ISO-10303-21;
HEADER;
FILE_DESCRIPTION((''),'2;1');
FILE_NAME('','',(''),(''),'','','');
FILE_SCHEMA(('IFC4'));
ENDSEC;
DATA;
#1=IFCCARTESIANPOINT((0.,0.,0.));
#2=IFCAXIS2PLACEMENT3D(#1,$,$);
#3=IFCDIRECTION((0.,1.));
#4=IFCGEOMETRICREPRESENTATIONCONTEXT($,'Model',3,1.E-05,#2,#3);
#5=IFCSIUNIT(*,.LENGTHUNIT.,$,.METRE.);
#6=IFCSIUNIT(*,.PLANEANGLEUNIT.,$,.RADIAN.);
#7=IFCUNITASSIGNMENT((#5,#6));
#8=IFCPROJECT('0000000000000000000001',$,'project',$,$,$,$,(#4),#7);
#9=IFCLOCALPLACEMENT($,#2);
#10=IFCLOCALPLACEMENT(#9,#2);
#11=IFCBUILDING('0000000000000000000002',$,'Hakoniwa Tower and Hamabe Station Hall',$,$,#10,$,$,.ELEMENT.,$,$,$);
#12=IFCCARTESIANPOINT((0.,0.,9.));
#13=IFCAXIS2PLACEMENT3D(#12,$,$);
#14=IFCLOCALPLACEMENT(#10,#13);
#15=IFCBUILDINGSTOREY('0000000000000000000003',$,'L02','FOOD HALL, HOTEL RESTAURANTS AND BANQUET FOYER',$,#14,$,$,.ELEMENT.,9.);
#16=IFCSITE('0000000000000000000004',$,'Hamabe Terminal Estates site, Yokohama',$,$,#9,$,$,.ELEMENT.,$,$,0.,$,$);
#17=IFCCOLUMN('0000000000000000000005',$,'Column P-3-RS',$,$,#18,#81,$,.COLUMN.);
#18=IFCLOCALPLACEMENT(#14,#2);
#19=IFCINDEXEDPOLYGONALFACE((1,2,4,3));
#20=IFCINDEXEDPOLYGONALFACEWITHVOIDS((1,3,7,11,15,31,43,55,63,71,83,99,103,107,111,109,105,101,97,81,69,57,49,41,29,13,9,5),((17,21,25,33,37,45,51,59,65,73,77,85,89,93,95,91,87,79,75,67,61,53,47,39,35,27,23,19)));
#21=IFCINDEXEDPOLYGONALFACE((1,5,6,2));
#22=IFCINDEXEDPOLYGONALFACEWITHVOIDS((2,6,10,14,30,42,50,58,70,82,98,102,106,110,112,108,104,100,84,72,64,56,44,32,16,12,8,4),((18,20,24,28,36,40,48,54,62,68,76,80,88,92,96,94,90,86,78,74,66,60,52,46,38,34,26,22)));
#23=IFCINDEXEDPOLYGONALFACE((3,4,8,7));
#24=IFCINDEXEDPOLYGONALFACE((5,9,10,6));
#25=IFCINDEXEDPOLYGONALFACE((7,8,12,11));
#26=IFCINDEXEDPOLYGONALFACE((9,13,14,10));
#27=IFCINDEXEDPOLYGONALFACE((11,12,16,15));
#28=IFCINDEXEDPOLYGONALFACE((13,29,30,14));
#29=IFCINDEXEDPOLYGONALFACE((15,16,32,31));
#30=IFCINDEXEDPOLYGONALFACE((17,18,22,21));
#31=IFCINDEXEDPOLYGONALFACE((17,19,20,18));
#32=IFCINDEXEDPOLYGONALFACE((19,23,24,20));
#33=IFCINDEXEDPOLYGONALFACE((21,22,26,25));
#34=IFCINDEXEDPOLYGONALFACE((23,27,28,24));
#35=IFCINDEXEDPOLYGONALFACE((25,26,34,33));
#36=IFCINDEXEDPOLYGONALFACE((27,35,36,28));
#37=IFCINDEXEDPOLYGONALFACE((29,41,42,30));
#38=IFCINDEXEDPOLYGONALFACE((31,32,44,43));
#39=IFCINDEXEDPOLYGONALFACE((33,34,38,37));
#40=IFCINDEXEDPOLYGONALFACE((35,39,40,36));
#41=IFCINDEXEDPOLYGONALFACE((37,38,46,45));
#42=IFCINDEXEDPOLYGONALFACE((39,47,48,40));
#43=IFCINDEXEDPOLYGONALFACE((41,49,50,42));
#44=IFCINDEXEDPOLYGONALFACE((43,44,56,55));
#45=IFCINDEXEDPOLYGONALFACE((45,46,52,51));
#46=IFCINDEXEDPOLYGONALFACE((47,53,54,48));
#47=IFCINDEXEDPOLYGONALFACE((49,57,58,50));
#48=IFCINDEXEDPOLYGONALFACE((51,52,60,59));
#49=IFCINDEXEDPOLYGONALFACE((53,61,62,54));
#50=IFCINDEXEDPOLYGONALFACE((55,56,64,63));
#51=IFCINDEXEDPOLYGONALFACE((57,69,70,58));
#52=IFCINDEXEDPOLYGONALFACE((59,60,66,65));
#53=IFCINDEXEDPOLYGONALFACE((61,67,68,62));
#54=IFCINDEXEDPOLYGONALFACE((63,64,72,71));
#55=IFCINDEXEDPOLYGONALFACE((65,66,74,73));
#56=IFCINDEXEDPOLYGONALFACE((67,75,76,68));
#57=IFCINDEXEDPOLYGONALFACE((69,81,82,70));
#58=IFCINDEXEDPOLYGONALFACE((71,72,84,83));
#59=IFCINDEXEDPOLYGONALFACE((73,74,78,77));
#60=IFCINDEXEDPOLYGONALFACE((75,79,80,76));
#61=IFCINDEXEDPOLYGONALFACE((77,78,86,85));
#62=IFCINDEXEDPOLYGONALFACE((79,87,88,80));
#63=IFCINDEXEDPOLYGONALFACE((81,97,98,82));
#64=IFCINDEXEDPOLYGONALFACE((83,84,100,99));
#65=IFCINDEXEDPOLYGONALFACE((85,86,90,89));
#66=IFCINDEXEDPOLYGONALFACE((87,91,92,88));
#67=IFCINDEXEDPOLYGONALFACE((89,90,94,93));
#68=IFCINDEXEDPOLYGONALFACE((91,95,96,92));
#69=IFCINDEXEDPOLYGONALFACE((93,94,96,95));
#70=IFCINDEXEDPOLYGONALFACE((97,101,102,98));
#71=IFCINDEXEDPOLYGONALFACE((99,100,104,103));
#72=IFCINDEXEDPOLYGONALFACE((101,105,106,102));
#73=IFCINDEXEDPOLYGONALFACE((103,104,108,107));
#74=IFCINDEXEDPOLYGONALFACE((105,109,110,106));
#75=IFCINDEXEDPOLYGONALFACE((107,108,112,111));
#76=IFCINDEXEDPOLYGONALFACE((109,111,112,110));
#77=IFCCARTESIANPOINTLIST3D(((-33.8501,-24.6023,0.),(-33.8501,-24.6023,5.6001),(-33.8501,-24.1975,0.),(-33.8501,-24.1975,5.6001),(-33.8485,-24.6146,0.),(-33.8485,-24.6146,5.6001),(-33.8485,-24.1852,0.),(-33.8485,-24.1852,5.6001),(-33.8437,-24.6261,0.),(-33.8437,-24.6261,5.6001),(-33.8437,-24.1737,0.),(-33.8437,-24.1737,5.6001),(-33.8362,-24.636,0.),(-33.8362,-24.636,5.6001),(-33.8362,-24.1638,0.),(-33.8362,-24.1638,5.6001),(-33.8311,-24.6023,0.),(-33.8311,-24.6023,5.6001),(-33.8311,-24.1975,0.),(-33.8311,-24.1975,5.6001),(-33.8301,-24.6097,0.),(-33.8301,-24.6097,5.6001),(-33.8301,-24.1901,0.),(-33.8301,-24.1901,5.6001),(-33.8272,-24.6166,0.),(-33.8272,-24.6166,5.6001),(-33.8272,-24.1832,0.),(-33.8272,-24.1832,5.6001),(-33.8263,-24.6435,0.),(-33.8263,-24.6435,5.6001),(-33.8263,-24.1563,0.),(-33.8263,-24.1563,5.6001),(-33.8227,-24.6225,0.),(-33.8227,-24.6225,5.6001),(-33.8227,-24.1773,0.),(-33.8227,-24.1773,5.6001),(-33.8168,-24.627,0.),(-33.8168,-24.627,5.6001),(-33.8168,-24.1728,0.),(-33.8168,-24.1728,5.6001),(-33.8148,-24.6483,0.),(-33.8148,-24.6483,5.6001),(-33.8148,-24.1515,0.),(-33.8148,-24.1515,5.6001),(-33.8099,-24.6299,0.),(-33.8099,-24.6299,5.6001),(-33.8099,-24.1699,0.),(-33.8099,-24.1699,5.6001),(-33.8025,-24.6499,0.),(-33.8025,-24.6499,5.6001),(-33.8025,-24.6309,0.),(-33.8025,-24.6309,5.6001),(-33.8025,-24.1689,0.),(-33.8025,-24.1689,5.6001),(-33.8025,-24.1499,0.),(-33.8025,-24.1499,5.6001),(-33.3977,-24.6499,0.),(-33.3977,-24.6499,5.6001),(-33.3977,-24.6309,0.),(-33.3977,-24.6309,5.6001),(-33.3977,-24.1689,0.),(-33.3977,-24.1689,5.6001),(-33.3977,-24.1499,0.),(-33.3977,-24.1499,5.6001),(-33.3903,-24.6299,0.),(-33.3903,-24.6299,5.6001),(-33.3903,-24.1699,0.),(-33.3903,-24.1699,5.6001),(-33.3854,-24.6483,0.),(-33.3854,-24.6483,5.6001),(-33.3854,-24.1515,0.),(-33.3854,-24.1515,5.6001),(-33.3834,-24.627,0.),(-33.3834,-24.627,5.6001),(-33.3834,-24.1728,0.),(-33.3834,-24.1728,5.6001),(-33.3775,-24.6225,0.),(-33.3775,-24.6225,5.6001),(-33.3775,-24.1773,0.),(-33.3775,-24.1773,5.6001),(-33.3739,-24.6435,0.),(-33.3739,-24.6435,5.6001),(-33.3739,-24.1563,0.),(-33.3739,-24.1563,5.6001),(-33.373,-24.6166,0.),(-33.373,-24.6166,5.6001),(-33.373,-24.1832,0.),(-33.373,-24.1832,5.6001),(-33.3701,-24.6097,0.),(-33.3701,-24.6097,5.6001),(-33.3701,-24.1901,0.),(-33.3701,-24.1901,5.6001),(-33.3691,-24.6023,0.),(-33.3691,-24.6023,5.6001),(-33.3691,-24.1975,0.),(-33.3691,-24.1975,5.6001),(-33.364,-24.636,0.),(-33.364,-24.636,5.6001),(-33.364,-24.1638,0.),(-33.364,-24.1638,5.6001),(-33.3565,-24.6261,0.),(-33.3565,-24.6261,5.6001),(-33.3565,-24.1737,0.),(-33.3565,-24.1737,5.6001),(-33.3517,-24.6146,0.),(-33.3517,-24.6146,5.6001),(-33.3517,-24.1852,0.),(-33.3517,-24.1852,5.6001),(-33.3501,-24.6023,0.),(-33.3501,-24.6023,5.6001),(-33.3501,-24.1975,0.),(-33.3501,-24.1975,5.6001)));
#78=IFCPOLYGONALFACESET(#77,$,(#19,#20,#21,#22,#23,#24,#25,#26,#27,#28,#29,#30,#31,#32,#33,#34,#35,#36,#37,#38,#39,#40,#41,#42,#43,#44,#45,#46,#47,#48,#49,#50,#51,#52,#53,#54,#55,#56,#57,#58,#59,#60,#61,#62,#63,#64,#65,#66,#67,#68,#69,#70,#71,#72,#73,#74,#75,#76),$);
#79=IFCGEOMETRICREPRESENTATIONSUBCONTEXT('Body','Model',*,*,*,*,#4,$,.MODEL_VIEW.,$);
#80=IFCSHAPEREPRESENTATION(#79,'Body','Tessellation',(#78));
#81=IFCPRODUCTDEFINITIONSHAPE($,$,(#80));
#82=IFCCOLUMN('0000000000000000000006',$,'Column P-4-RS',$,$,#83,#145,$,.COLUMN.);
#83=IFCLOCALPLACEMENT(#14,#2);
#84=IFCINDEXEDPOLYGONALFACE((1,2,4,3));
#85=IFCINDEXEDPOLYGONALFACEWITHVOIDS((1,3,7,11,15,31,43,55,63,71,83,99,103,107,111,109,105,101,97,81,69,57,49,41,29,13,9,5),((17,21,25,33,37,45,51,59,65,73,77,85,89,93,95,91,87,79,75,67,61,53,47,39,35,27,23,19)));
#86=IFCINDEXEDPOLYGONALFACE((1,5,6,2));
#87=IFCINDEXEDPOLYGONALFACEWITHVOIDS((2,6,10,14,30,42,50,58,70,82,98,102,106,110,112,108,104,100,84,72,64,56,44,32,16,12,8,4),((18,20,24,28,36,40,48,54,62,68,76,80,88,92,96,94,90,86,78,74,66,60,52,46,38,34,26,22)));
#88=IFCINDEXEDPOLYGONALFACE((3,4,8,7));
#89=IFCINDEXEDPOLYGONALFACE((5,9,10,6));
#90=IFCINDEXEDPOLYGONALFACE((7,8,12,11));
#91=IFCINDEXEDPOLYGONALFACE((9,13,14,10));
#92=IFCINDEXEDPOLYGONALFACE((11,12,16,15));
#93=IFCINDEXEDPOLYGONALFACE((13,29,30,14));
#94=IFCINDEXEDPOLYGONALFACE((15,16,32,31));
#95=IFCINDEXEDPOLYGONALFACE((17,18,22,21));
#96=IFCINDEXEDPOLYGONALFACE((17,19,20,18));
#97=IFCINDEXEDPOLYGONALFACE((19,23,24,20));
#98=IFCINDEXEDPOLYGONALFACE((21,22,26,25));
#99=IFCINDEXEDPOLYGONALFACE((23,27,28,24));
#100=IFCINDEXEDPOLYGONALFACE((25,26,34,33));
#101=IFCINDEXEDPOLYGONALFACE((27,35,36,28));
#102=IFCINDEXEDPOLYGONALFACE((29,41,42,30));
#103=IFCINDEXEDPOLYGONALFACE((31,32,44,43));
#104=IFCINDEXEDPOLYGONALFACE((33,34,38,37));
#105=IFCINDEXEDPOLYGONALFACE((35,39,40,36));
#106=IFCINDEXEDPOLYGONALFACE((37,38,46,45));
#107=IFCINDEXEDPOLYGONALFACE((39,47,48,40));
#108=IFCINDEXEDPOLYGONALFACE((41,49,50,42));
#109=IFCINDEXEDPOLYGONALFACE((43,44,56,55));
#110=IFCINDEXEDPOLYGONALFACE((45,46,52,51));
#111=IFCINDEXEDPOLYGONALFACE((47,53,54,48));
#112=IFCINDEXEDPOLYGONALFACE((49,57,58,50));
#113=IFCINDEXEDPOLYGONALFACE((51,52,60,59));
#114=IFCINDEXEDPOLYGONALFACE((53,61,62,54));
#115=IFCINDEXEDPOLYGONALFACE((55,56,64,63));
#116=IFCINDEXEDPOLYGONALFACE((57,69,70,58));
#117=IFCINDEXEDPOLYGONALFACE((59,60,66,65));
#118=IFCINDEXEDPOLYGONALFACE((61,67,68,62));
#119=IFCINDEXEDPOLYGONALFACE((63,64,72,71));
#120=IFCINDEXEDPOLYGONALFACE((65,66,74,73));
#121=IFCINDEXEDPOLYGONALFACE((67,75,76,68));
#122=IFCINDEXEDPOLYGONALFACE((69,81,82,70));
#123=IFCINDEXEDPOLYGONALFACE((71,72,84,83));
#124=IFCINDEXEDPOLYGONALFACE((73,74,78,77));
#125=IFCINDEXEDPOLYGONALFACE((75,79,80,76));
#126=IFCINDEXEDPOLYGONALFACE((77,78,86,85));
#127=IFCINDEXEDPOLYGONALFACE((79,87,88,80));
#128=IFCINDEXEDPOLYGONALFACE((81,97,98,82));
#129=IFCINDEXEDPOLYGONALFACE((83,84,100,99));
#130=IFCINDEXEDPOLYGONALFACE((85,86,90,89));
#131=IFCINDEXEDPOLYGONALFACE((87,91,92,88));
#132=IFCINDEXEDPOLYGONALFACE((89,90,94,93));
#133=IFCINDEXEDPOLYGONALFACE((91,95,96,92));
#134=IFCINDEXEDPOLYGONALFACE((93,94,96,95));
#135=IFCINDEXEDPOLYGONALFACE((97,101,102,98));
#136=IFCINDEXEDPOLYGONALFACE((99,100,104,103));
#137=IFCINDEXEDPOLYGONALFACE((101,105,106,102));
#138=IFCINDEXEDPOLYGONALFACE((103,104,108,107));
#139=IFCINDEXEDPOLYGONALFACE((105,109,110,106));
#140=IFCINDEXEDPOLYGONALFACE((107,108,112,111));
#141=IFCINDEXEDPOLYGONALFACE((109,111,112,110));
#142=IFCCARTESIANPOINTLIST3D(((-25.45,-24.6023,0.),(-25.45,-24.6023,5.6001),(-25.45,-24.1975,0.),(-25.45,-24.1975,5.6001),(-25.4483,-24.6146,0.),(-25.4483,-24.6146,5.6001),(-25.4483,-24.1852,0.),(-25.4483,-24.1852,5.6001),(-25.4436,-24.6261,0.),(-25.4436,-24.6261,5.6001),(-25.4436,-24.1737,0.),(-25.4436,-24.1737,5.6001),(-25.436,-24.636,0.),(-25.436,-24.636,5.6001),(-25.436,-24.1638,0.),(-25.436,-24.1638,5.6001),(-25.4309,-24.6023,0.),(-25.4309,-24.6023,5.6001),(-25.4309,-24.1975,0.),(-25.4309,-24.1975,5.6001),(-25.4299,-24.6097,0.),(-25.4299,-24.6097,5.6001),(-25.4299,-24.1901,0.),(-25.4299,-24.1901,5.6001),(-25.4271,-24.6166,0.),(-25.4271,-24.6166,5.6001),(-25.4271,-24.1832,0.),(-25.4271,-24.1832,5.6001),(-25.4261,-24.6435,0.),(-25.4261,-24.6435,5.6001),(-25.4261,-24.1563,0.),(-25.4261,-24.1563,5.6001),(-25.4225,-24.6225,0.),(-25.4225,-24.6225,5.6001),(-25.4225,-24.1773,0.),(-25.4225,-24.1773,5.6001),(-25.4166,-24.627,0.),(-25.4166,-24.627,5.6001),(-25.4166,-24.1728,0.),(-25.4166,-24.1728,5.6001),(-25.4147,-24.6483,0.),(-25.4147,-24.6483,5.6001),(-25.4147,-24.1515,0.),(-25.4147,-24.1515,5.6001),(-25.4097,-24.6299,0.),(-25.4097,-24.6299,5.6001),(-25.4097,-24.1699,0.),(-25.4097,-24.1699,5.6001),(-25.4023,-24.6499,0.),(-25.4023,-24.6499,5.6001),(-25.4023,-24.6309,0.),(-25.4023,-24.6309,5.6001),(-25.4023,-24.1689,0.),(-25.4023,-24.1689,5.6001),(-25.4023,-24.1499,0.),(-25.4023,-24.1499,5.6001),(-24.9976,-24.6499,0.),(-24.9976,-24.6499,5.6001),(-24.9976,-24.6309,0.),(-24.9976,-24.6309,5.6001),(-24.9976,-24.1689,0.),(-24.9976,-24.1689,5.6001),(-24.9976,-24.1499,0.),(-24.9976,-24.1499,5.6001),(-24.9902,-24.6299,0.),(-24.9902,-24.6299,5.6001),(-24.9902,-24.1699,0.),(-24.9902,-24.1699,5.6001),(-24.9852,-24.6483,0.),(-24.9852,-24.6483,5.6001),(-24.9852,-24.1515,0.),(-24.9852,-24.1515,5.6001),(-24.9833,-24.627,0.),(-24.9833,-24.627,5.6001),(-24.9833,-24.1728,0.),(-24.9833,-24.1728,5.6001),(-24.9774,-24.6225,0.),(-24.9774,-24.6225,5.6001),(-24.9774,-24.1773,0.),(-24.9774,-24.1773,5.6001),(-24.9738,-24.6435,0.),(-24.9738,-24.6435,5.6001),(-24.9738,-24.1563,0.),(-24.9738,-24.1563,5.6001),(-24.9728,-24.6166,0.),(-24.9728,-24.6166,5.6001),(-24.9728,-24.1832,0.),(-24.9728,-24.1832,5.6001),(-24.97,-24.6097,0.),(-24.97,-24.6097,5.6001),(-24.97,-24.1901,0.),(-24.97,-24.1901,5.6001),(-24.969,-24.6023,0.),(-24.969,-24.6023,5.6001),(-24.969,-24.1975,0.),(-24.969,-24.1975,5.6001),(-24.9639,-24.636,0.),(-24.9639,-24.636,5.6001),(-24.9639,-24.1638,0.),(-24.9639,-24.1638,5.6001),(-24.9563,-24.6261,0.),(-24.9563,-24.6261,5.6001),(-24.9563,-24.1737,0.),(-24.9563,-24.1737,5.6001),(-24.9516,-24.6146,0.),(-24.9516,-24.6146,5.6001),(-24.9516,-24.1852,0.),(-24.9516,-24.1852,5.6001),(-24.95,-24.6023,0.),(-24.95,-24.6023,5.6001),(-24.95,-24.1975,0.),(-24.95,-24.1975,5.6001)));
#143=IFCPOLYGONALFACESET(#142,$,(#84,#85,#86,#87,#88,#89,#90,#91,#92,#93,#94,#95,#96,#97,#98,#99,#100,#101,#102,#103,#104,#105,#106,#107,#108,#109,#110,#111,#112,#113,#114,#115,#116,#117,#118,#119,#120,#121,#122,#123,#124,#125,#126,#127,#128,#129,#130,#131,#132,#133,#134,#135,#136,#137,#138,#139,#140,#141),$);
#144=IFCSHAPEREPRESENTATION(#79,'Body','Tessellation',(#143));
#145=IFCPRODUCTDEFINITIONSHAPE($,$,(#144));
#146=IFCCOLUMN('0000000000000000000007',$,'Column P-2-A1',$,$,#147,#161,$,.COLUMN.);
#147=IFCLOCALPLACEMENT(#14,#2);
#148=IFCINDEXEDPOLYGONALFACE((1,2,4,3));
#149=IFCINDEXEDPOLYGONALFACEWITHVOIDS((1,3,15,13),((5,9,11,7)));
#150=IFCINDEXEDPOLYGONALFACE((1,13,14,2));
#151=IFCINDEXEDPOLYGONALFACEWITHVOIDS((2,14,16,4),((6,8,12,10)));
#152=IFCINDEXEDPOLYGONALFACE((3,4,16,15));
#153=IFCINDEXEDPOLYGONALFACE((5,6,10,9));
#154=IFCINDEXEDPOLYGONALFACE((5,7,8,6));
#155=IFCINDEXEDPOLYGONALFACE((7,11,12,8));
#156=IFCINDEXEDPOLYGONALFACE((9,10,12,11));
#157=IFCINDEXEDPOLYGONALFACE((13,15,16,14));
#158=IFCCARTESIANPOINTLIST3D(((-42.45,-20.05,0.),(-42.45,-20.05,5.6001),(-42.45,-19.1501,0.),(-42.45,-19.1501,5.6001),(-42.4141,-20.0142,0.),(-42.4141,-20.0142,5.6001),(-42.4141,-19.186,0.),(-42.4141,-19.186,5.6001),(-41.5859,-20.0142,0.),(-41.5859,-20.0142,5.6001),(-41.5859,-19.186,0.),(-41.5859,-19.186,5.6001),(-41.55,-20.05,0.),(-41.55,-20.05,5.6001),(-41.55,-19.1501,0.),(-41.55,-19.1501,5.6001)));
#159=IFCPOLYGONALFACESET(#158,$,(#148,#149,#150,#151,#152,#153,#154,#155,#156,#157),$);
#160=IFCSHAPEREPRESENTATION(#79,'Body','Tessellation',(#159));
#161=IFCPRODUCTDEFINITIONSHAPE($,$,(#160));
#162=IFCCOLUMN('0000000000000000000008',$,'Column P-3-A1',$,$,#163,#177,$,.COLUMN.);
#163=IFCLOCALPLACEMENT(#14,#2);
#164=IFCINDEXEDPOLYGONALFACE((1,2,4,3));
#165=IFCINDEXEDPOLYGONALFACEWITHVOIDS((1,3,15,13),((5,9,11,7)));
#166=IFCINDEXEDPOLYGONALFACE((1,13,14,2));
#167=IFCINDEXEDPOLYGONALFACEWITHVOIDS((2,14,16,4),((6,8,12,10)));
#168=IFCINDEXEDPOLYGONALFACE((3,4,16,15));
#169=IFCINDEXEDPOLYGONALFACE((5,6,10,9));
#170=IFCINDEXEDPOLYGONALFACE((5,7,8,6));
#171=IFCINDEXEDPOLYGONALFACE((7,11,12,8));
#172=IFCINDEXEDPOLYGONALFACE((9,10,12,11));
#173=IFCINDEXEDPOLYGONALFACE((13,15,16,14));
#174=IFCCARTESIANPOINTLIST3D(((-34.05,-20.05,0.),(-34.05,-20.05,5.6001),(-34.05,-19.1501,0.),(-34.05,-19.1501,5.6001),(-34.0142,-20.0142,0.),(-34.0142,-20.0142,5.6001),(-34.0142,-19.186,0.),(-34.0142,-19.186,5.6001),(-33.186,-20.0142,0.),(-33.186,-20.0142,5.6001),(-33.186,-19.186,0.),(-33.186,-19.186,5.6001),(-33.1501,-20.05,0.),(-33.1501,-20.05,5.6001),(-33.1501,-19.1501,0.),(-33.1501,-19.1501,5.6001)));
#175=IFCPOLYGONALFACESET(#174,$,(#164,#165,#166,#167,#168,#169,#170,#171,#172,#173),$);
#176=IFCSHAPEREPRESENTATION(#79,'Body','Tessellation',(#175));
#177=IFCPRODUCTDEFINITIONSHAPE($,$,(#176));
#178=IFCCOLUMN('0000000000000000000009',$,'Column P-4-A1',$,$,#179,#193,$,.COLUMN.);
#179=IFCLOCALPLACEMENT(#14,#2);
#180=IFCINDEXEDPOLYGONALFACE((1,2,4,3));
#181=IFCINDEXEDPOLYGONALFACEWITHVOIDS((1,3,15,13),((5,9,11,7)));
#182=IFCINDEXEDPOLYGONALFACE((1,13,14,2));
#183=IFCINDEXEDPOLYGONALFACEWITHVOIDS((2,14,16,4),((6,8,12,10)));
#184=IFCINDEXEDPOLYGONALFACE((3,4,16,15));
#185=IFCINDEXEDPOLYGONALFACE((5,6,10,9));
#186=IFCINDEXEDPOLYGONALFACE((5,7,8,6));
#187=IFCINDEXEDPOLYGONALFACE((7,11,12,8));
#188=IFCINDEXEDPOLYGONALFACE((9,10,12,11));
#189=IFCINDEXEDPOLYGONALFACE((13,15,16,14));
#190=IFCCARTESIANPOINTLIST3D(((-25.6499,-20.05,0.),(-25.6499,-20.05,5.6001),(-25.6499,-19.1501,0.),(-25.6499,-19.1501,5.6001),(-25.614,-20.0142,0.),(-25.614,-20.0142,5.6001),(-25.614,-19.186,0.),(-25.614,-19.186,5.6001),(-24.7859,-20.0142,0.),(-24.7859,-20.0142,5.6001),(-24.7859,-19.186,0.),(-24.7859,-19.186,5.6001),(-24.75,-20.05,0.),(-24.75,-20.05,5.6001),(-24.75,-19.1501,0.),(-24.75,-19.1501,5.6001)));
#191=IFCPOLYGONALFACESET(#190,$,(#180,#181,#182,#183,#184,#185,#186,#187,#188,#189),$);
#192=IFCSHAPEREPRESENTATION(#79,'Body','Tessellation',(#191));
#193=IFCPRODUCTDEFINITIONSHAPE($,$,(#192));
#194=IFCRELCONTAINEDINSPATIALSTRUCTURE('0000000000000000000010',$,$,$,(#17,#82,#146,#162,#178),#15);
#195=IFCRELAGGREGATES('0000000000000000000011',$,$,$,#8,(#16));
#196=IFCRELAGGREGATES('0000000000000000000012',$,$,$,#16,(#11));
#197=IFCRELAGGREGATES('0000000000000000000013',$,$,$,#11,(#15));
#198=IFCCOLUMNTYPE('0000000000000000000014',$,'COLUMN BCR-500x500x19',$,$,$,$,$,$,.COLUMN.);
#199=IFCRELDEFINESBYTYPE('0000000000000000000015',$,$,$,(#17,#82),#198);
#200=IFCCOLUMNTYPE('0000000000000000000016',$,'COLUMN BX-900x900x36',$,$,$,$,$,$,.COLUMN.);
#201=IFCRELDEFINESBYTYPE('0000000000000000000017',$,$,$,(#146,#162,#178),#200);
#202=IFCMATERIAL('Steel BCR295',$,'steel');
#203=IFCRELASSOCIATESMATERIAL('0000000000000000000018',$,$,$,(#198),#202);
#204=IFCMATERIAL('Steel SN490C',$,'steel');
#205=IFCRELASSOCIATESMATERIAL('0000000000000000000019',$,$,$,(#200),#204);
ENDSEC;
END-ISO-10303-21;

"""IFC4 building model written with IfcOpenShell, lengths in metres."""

from ifc_helpers import new_model, si_unit, direction, frame, origin, origin_2d, place, context, subcontext, project, spatial, hollow_rectangle, extrude, material, material_profile, profile_set, type_object, element, save


model = new_model("IFC4")

# Units and contexts
model_context = context("Model", 3, precision=1e-05, world=origin(), true_north=direction((0.0, 1.0)))
body_context = subcontext(model_context, "Body", "Model", "MODEL_VIEW")
ifc_project = project(units=[si_unit("LENGTHUNIT", "METRE"), si_unit("PLANEANGLEUNIT", "RADIAN")], contexts=[model_context])

# Site, building, storey
site_placement = place(None, origin())
site = spatial("IfcSite", under=ifc_project, at=site_placement, Name="Hamabe Terminal Estates site, Yokohama", CompositionType="ELEMENT", RefElevation=0.0)
building_placement = place(site_placement, origin())
building = spatial("IfcBuilding", under=site, at=building_placement, Name="Hakoniwa Tower and Hamabe Station Hall", CompositionType="ELEMENT")
storey_placement = place(building_placement, frame((0.0, 0.0, 9.0)))
storey = spatial("IfcBuildingStorey", under=building, at=storey_placement, Name="L02", Description="FOOD HALL, HOTEL RESTAURANTS AND BANQUET FOYER", CompositionType="ELEMENT", Elevation=9.0)

# Columns
ifc_material_1 = material(Name="Steel BCR295", Category="steel")
ifc_material_profile_1 = material_profile(ifc_material_1, hollow_rectangle(XDim=0.5, YDim=0.5, WallThickness=0.019, InnerFilletRadius=0.0286, OuterFilletRadius=0.0476, at=origin_2d()), Name="BCR-500x500x19")
ifc_profile_set_1 = profile_set([ifc_material_profile_1], Name="Steel BCR295")
column_type_1 = type_object("IfcColumnType", Name="COLUMN BCR-500x500x19", PredefinedType="COLUMN", material=ifc_profile_set_1)
for number, where, z_axis, x_axis, name in (
    (1, (-33.6001, -24.3999, 0.0), (0.0, 0.0, 1.0), (1.0, 0.0, 0.0), "Column P-3-RS"),
    (2, (-25.2, -24.3999, 0.0), (0.0, 0.0, 1.0), (1.0, 0.0, 0.0), "Column P-4-RS"),
):
    element("IfcColumn", number, at=place(storey_placement, frame(where, z_axis=z_axis, x_axis=x_axis)), inside=storey, type_object=column_type_1, Name=name, PredefinedType="COLUMN", context=body_context, shape_type="SweptSolid", body=[
        extrude(hollow_rectangle(XDim=0.5, YDim=0.5, WallThickness=0.019, InnerFilletRadius=0.0286, OuterFilletRadius=0.0476, at=origin_2d()), origin(), (0.0, 0.0, 1.0), 5.6001),
    ])
ifc_material_2 = material(Name="Steel SN490C", Category="steel")
ifc_material_profile_2 = material_profile(ifc_material_2, hollow_rectangle(XDim=0.8999, YDim=0.8999, WallThickness=0.0359, at=origin_2d()), Name="BX-900x900x36")
ifc_profile_set_2 = profile_set([ifc_material_profile_2], Name="Steel SN490C")
column_type_2 = type_object("IfcColumnType", Name="COLUMN BX-900x900x36", PredefinedType="COLUMN", material=ifc_profile_set_2)
for number, where, z_axis, x_axis, name in (
    (3, (-42.0, -19.6001, 0.0), (0.0, 0.0, 1.0), (1.0, 0.0, 0.0), "Column P-2-A1"),
    (4, (-33.6001, -19.6001, 0.0), (0.0, 0.0, 1.0), (1.0, 0.0, 0.0), "Column P-3-A1"),
    (5, (-25.2, -19.6001, 0.0), (0.0, 0.0, 1.0), (1.0, 0.0, 0.0), "Column P-4-A1"),
):
    element("IfcColumn", number, at=place(storey_placement, frame(where, z_axis=z_axis, x_axis=x_axis)), inside=storey, type_object=column_type_2, Name=name, PredefinedType="COLUMN", context=body_context, shape_type="SweptSolid", body=[
        extrude(hollow_rectangle(XDim=0.8999, YDim=0.8999, WallThickness=0.0359, at=origin_2d()), origin(), (0.0, 0.0, 1.0), 5.6001),
    ])

save(model, "model.ifc")
